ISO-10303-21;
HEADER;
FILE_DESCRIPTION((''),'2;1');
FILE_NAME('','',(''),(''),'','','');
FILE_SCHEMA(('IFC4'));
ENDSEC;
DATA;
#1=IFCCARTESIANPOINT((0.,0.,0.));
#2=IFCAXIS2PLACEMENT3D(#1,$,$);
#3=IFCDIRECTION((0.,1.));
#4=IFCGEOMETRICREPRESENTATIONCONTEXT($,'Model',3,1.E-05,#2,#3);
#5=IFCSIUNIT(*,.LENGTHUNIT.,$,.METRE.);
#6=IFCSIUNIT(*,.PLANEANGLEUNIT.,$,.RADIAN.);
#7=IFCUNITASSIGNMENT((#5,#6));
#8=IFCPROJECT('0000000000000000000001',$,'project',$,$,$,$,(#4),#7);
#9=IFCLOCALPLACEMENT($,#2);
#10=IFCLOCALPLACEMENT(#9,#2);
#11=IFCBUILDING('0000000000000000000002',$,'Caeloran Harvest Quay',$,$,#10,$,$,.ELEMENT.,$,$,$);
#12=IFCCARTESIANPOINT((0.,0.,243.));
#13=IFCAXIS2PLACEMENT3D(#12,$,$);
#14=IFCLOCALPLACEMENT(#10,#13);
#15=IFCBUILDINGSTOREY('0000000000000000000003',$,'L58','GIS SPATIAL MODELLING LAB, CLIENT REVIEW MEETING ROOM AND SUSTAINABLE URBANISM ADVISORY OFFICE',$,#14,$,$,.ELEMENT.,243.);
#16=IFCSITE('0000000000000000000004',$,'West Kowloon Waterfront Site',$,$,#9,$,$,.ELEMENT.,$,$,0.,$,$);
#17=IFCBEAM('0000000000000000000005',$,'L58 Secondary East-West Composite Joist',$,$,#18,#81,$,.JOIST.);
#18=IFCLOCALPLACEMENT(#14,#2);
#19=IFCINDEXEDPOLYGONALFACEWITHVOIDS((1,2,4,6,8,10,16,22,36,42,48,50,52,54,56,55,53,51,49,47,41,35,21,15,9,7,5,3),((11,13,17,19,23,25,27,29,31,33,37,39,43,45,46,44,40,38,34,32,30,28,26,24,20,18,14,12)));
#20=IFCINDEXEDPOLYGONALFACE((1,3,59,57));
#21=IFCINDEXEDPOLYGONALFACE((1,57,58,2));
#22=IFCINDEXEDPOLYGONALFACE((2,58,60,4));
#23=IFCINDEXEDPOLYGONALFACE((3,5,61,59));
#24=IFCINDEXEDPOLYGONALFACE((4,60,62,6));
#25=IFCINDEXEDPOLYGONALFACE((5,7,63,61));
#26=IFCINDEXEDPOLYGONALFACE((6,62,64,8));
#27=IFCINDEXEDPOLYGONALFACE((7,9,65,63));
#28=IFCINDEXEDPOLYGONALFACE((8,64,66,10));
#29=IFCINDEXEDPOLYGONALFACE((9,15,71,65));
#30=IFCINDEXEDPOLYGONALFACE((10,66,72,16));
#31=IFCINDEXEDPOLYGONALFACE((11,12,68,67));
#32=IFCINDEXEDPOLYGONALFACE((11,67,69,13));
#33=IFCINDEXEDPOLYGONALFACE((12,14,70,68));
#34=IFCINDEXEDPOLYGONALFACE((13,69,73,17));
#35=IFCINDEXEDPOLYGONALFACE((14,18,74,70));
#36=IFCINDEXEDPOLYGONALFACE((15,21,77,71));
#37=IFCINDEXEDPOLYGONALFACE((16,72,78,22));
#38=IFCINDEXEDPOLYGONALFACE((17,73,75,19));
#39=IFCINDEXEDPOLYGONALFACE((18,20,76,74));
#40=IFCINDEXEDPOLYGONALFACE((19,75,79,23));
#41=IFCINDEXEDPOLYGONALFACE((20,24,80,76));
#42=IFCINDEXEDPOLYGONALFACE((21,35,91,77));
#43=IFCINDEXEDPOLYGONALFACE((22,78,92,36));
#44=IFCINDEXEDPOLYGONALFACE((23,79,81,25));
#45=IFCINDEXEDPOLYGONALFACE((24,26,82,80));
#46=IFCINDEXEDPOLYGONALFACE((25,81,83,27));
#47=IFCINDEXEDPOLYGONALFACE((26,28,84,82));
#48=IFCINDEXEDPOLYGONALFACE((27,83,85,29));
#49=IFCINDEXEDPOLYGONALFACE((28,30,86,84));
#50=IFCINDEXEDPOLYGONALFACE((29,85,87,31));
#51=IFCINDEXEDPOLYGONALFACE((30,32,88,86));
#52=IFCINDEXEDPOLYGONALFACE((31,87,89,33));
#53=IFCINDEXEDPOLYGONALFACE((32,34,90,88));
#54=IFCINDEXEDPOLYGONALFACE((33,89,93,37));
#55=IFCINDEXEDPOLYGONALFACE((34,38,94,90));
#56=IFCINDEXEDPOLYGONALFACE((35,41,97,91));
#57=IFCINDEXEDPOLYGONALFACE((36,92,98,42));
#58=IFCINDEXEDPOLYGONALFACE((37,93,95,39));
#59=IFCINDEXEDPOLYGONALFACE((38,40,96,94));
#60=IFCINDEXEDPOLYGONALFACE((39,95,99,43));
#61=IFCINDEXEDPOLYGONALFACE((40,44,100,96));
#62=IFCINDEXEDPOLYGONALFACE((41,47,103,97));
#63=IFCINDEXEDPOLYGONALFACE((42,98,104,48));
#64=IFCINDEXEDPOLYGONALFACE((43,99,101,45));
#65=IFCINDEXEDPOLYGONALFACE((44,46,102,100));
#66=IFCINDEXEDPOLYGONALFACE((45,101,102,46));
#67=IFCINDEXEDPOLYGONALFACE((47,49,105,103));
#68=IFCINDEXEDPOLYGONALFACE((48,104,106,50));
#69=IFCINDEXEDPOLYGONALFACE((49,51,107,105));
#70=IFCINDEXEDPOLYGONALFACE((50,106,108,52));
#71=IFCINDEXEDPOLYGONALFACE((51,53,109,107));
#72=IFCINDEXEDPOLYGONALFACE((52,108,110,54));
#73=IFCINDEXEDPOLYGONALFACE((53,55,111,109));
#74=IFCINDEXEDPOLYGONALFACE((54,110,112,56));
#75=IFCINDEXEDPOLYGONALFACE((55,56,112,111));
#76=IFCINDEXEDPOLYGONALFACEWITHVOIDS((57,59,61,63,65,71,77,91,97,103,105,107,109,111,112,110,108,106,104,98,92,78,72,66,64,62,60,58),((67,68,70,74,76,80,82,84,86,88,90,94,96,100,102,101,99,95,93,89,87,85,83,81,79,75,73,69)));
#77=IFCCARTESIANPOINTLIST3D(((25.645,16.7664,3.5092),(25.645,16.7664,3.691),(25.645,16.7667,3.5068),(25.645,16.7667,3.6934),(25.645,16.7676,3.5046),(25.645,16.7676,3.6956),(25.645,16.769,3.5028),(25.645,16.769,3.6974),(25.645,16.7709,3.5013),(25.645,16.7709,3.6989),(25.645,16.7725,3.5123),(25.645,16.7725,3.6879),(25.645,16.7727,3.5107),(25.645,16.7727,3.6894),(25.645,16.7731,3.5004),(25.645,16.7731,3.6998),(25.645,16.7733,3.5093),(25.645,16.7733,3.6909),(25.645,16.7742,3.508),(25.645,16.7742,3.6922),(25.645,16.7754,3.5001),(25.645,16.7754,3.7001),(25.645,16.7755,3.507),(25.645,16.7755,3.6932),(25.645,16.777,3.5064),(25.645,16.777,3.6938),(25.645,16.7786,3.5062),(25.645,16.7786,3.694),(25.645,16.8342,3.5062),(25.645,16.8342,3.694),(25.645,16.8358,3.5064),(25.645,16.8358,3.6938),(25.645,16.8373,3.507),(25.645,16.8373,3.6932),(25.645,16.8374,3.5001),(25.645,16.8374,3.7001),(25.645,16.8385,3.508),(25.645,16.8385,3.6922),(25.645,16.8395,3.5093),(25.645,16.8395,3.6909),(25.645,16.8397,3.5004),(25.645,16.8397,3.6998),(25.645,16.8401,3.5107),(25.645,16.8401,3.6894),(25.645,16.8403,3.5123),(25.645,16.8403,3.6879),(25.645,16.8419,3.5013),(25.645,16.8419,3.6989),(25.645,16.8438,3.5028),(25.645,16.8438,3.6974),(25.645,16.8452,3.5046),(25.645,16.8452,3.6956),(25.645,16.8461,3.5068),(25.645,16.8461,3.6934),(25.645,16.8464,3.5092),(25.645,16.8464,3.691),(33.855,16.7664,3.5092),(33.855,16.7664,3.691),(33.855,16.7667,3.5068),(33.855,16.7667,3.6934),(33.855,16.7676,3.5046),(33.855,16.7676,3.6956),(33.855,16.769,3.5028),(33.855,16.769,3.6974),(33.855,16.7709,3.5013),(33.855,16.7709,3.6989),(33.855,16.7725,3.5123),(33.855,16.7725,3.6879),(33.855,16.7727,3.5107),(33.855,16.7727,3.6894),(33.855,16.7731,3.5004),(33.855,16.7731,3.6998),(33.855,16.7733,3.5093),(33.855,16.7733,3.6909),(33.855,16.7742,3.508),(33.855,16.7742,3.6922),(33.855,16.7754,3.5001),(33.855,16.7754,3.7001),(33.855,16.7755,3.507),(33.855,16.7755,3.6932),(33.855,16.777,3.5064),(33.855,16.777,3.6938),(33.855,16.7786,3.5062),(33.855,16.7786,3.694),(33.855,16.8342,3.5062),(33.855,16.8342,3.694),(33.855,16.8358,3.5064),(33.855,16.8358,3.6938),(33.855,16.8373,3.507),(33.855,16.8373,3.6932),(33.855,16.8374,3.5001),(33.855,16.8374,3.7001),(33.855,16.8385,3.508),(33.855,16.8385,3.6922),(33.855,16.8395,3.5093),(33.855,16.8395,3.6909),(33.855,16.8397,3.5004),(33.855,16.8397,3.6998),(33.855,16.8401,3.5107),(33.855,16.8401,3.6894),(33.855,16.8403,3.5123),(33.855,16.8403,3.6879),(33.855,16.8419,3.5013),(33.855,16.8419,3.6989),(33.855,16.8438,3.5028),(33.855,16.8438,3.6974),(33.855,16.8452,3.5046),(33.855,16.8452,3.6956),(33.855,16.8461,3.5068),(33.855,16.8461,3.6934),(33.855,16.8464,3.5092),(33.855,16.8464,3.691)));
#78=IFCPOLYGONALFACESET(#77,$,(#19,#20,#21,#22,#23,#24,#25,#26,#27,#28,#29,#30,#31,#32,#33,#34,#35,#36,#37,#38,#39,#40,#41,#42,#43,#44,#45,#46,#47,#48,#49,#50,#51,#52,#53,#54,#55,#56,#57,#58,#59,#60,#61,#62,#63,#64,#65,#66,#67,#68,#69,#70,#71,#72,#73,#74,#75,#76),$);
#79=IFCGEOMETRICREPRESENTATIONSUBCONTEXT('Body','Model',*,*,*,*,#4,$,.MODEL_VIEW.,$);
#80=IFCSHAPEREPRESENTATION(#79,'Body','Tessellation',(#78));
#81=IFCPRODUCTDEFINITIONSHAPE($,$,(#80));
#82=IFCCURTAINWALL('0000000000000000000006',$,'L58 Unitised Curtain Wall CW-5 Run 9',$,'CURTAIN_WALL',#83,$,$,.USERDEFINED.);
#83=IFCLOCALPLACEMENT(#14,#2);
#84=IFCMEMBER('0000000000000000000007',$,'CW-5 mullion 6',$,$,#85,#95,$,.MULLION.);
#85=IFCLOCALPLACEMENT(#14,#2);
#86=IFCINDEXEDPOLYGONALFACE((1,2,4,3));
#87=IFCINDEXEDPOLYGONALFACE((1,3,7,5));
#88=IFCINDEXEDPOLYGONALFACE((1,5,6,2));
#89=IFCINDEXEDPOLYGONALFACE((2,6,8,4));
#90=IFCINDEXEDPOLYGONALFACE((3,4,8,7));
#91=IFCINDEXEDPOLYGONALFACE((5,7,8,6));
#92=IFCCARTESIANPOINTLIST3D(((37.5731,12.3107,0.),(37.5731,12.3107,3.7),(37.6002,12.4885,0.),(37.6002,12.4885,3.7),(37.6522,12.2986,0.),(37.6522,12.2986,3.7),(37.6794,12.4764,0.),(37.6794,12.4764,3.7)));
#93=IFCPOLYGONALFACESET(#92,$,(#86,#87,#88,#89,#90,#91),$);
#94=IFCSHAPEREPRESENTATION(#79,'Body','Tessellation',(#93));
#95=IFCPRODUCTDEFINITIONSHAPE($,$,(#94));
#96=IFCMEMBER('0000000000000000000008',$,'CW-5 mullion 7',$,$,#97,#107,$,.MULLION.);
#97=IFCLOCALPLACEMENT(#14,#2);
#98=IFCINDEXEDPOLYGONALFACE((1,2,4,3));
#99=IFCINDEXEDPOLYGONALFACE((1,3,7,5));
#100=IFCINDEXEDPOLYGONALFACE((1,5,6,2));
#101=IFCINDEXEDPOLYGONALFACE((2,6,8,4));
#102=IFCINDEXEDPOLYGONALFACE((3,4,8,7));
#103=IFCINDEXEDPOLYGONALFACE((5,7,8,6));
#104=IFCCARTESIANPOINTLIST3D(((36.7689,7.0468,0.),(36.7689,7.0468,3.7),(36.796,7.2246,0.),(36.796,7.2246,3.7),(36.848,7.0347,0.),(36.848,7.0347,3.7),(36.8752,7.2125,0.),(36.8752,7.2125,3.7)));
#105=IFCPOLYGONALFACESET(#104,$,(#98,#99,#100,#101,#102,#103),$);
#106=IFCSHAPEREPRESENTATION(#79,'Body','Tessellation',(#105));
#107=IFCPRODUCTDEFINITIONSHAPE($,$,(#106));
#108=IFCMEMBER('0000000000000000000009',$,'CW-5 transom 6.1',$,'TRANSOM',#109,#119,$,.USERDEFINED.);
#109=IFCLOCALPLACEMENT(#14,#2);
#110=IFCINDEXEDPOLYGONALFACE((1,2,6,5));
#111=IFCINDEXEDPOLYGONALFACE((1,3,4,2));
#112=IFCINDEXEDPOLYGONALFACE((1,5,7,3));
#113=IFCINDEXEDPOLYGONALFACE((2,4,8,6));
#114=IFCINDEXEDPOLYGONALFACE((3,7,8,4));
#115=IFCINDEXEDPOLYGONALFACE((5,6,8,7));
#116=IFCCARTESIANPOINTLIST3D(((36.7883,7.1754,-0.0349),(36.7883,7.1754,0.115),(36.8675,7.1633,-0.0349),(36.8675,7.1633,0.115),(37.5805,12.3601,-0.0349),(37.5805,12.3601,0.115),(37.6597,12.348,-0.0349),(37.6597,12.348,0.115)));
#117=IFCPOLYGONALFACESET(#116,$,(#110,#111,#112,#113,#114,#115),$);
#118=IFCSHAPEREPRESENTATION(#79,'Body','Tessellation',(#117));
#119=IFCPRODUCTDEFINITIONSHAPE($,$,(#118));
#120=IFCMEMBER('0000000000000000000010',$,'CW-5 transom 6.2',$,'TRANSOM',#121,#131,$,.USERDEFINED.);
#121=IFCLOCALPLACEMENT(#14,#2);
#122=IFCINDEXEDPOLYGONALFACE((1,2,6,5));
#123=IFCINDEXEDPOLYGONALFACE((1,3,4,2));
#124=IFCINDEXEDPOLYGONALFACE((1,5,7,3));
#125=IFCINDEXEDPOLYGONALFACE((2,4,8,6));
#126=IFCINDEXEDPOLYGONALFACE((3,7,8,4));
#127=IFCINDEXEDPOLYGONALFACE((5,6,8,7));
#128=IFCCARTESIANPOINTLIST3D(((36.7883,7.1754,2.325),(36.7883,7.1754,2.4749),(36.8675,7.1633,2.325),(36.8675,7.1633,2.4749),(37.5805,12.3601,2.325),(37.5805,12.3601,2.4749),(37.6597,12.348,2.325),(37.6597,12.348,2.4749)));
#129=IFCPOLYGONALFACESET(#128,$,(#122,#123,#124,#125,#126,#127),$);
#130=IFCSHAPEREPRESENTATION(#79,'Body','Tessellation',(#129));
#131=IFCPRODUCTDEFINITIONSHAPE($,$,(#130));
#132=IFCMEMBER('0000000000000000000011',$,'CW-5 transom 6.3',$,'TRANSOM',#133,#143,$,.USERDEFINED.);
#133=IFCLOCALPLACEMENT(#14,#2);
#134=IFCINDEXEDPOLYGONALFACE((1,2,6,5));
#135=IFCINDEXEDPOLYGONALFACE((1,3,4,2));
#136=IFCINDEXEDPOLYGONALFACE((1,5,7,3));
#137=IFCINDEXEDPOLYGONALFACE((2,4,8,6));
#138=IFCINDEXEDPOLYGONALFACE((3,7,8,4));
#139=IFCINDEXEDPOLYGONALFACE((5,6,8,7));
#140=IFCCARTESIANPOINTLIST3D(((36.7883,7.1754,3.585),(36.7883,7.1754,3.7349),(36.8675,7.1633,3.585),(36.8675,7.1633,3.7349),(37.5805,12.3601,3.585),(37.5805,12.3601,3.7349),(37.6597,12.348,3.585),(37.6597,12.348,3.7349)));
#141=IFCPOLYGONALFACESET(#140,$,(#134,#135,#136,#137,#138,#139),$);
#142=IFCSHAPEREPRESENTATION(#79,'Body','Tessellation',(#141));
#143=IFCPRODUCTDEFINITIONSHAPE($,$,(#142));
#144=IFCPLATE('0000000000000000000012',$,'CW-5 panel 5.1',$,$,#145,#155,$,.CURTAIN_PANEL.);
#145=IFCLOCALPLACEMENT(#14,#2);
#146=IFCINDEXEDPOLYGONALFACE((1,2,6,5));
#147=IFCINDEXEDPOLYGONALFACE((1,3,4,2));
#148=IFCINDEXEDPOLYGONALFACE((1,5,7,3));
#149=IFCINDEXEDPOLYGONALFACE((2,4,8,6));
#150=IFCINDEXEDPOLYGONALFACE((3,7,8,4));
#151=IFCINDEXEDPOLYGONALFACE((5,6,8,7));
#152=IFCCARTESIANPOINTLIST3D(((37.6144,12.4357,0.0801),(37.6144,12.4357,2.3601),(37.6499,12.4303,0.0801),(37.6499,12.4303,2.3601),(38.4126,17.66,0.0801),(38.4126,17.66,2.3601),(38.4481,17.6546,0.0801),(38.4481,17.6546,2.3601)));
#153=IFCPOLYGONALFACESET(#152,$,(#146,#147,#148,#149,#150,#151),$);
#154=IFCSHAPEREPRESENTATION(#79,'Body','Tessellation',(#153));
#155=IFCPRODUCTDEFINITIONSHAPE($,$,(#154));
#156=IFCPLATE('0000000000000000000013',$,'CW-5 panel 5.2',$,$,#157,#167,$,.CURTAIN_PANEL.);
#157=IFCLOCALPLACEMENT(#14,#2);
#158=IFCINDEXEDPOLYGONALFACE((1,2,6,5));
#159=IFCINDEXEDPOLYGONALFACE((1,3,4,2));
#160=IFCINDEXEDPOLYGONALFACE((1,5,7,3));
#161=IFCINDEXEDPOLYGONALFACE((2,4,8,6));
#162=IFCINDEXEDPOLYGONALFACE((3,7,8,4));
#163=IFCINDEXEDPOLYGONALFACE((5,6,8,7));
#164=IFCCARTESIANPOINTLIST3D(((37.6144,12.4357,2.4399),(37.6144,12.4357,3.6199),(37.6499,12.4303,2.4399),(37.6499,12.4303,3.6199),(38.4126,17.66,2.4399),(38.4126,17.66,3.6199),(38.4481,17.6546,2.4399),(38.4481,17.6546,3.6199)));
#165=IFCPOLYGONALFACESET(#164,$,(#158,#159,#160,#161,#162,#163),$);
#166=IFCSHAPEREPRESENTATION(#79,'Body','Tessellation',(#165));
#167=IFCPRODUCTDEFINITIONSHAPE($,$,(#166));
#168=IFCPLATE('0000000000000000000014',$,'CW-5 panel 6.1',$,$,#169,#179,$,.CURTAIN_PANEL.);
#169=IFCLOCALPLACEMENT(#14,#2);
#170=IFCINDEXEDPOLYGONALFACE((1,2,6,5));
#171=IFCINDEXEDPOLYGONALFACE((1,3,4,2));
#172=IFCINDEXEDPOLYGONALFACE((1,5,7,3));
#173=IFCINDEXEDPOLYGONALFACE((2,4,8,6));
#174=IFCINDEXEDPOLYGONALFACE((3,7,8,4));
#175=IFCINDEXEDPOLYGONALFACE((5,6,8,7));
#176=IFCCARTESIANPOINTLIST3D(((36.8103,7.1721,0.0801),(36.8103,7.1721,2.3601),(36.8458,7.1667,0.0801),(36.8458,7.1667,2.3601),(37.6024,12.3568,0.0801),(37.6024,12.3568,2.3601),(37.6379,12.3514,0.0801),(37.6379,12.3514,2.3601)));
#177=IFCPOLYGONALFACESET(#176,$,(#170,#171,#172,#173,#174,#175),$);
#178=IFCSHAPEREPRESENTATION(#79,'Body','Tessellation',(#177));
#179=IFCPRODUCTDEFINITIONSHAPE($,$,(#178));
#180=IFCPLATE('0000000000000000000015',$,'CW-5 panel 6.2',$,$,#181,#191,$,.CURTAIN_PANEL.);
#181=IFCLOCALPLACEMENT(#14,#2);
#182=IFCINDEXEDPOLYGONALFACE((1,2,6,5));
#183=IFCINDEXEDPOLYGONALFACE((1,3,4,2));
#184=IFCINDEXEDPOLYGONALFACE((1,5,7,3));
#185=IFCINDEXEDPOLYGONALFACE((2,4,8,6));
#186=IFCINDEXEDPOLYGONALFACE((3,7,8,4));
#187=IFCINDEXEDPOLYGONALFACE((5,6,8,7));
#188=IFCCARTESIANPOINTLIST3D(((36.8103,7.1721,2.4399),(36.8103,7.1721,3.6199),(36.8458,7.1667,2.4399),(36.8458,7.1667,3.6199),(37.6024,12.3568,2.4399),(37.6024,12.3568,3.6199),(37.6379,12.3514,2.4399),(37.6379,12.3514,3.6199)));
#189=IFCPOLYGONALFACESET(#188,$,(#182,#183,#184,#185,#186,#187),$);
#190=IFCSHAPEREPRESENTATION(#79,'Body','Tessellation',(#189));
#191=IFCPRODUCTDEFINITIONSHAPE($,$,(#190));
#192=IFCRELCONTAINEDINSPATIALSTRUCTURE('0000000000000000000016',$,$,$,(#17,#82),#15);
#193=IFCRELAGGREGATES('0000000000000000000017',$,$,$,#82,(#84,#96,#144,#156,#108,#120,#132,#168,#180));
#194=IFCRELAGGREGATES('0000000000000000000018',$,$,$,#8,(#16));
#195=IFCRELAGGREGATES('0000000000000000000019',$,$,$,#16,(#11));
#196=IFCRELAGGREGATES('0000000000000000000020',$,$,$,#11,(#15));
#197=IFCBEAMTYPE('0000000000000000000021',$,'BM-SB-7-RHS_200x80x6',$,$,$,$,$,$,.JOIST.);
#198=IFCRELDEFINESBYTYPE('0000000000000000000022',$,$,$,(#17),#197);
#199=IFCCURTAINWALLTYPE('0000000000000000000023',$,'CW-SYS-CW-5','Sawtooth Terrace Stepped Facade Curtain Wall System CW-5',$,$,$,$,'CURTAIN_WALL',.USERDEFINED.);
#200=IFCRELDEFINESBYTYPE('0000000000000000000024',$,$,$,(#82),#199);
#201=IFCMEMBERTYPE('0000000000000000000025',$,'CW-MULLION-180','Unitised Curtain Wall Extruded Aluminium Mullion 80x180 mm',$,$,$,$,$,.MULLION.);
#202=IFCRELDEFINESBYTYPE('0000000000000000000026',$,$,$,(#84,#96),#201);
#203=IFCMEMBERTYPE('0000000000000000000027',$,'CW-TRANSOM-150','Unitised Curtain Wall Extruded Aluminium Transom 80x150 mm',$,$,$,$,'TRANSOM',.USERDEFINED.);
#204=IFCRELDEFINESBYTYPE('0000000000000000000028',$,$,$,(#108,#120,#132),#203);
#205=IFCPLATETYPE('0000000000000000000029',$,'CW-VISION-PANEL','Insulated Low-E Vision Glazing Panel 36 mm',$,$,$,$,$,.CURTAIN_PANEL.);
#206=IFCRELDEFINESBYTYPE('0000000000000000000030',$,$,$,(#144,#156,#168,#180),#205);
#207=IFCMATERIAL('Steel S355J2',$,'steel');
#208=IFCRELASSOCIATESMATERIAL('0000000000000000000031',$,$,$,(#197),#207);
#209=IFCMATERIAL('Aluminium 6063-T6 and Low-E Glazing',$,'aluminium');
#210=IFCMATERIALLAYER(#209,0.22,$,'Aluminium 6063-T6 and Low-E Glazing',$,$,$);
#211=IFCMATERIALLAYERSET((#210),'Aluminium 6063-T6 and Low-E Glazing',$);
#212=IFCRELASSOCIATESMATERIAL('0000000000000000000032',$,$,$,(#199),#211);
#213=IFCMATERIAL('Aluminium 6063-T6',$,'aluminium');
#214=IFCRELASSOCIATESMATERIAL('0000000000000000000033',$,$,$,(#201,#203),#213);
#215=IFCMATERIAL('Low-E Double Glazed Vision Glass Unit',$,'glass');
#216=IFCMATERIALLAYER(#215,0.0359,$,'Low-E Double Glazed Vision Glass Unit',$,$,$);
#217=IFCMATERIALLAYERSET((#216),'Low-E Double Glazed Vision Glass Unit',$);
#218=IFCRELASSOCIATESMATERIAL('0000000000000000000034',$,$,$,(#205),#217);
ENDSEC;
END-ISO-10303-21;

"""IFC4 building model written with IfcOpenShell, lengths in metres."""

from ifc_helpers import new_model, si_unit, direction, frame, origin, origin_2d, place, context, subcontext, project, spatial, rectangle, hollow_rectangle, extrude, material, layer, layer_set, material_profile, profile_set, type_object, element, aggregate, save


model = new_model("IFC4")

# Units and contexts
model_context = context("Model", 3, precision=1e-05, world=origin(), true_north=direction((0.0, 1.0)))
body_context = subcontext(model_context, "Body", "Model", "MODEL_VIEW")
ifc_project = project(units=[si_unit("LENGTHUNIT", "METRE"), si_unit("PLANEANGLEUNIT", "RADIAN")], contexts=[model_context])

# Site, building, storey
site_placement = place(None, origin())
site = spatial("IfcSite", under=ifc_project, at=site_placement, Name="West Kowloon Waterfront Site", CompositionType="ELEMENT", RefElevation=0.0)
building_placement = place(site_placement, origin())
building = spatial("IfcBuilding", under=site, at=building_placement, Name="Caeloran Harvest Quay", CompositionType="ELEMENT")
storey_placement = place(building_placement, frame((0.0, 0.0, 243.0)))
storey = spatial("IfcBuildingStorey", under=building, at=storey_placement, Name="L58", Description="GIS SPATIAL MODELLING LAB, CLIENT REVIEW MEETING ROOM AND SUSTAINABLE URBANISM ADVISORY OFFICE", CompositionType="ELEMENT", Elevation=243.0)

# Beam
ifc_material_1 = material(Name="Steel S355J2", Category="steel")
ifc_material_profile_1 = material_profile(ifc_material_1, hollow_rectangle(XDim=0.0801, YDim=0.2, WallThickness=0.0061, InnerFilletRadius=0.0061, OuterFilletRadius=0.009, at=origin_2d()), Name="RHS 200x80x6")
ifc_profile_set_1 = profile_set([ifc_material_profile_1], Name="Steel S355J2")
beam_type_1 = type_object("IfcBeamType", Name="BM-SB-7-RHS_200x80x6", PredefinedType="JOIST", material=ifc_profile_set_1)
beam_1_placement = place(storey_placement, frame((25.645, 16.8064, 3.6001), z_axis=(1.0, 0.0, 0.0), x_axis=(0.0, 1.0, 0.0)))
element("IfcBeam", 1, at=beam_1_placement, inside=storey, type_object=beam_type_1, Name="L58 Secondary East-West Composite Joist", PredefinedType="JOIST", context=body_context, shape_type="SweptSolid", body=[
    extrude(hollow_rectangle(XDim=0.0801, YDim=0.2, WallThickness=0.0061, InnerFilletRadius=0.0061, OuterFilletRadius=0.009, at=origin_2d()), origin(), (0.0, 0.0, 1.0), 8.21),
])

# Curtain wall, members, plates
ifc_material_2 = material(Name="Aluminium 6063-T6 and Low-E Glazing", Category="aluminium")
ifc_layer_1 = layer(ifc_material_2, 0.22, Name="Aluminium 6063-T6 and Low-E Glazing")
ifc_layer_set_1 = layer_set([ifc_layer_1], Name="Aluminium 6063-T6 and Low-E Glazing")
curtain_wall_type = type_object("IfcCurtainWallType", Name="CW-SYS-CW-5", Description="Sawtooth Terrace Stepped Facade Curtain Wall System CW-5", ElementType="CURTAIN_WALL", PredefinedType="USERDEFINED", material=ifc_layer_set_1)
curtain_wall_placement = place(storey_placement, origin())
curtain_wall = element("IfcCurtainWall", 2, at=curtain_wall_placement, inside=storey, type_object=curtain_wall_type, Name="L58 Unitised Curtain Wall CW-5 Run 9", ObjectType="CURTAIN_WALL", PredefinedType="USERDEFINED")
ifc_material_3 = material(Name="Aluminium 6063-T6", Category="aluminium")
ifc_material_profile_2 = material_profile(ifc_material_3, rectangle(XDim=0.0801, YDim=0.1799, at=origin_2d()), Name="CW-MULLION-180")
ifc_profile_set_2 = profile_set([ifc_material_profile_2], Name="Aluminium 6063-T6")
member_type_1 = type_object("IfcMemberType", Name="CW-MULLION-180", Description="Unitised Curtain Wall Extruded Aluminium Mullion 80x180 mm", PredefinedType="MULLION", material=ifc_profile_set_2)
member_1_placement = place(storey_placement, frame((37.6262, 12.3936, 0.0), z_axis=(0.0, 0.0, 1.0), x_axis=(0.98853, -0.151028, 0.0)))
member_1 = element("IfcMember", 3, at=member_1_placement, type_object=member_type_1, Name="CW-5 mullion 6", PredefinedType="MULLION", context=body_context, shape_type="SweptSolid", body=[
    extrude(rectangle(XDim=0.0801, YDim=0.1799, at=origin_2d()), origin(), (0.0, 0.0, 1.0), 3.7),
])
member_2_placement = place(storey_placement, frame((36.822, 7.1296, 0.0), z_axis=(0.0, 0.0, 1.0), x_axis=(0.98853, -0.151028, 0.0)))
member_2 = element("IfcMember", 4, at=member_2_placement, type_object=member_type_1, Name="CW-5 mullion 7", PredefinedType="MULLION", context=body_context, shape_type="SweptSolid", body=[
    extrude(rectangle(XDim=0.0801, YDim=0.1799, at=origin_2d()), origin(), (0.0, 0.0, 1.0), 3.7),
])
ifc_material_profile_3 = material_profile(ifc_material_3, rectangle(XDim=0.0801, YDim=0.1499, at=origin_2d()), Name="CW-TRANSOM-150")
ifc_profile_set_3 = profile_set([ifc_material_profile_3], Name="Aluminium 6063-T6")
member_type_2 = type_object("IfcMemberType", Name="CW-TRANSOM-150", Description="Unitised Curtain Wall Extruded Aluminium Transom 80x150 mm", ElementType="TRANSOM", PredefinedType="USERDEFINED", material=ifc_profile_set_3)
member_3_placement = place(storey_placement, frame((37.6201, 12.354, 0.04), z_axis=(-0.151046, -0.988527, 0.0), x_axis=(0.988527, -0.151046, 0.0)))
member_3 = element("IfcMember", 5, at=member_3_placement, type_object=member_type_2, Name="CW-5 transom 6.1", ObjectType="TRANSOM", PredefinedType="USERDEFINED", context=body_context, shape_type="SweptSolid", body=[
    extrude(rectangle(XDim=0.0801, YDim=0.1499, at=origin_2d()), origin(), (0.0, 0.0, 1.0), 5.2449),
])
member_4_placement = place(storey_placement, frame((37.6201, 12.354, 2.3999), z_axis=(-0.151046, -0.988527, 0.0), x_axis=(0.988527, -0.151046, 0.0)))
member_4 = element("IfcMember", 6, at=member_4_placement, type_object=member_type_2, Name="CW-5 transom 6.2", ObjectType="TRANSOM", PredefinedType="USERDEFINED", context=body_context, shape_type="SweptSolid", body=[
    extrude(rectangle(XDim=0.0801, YDim=0.1499, at=origin_2d()), origin(), (0.0, 0.0, 1.0), 5.2449),
])
member_5_placement = place(storey_placement, frame((37.6201, 12.354, 3.6599), z_axis=(-0.151046, -0.988527, 0.0), x_axis=(0.988527, -0.151046, 0.0)))
member_5 = element("IfcMember", 7, at=member_5_placement, type_object=member_type_2, Name="CW-5 transom 6.3", ObjectType="TRANSOM", PredefinedType="USERDEFINED", context=body_context, shape_type="SweptSolid", body=[
    extrude(rectangle(XDim=0.0801, YDim=0.1499, at=origin_2d()), origin(), (0.0, 0.0, 1.0), 5.2449),
])
ifc_material_4 = material(Name="Low-E Double Glazed Vision Glass Unit", Category="glass")
ifc_layer_2 = layer(ifc_material_4, 0.0359, Name="Low-E Double Glazed Vision Glass Unit")
ifc_layer_set_2 = layer_set([ifc_layer_2], Name="Low-E Double Glazed Vision Glass Unit")
plate_type = type_object("IfcPlateType", Name="CW-VISION-PANEL", Description="Insulated Low-E Vision Glazing Panel 36 mm", PredefinedType="CURTAIN_PANEL", material=ifc_layer_set_2)
plate_1_placement = place(storey_placement, frame((38.0312, 15.0452, 0.0801), z_axis=(0.0, 0.0, 1.0), x_axis=(-0.151028, -0.98853, 0.0)))
plate_1 = element("IfcPlate", 8, at=plate_1_placement, type_object=plate_type, Name="CW-5 panel 5.1", PredefinedType="CURTAIN_PANEL", context=body_context, shape_type="SweptSolid", body=[
    extrude(rectangle(XDim=5.2849, YDim=0.0359, at=origin_2d()), origin(), (0.0, 0.0, 1.0), 2.28),
])
plate_2_placement = place(storey_placement, frame((38.0312, 15.0452, 2.4399), z_axis=(0.0, 0.0, 1.0), x_axis=(-0.151028, -0.98853, 0.0)))
plate_2 = element("IfcPlate", 9, at=plate_2_placement, type_object=plate_type, Name="CW-5 panel 5.2", PredefinedType="CURTAIN_PANEL", context=body_context, shape_type="SweptSolid", body=[
    extrude(rectangle(XDim=5.2849, YDim=0.0359, at=origin_2d()), origin(), (0.0, 0.0, 1.0), 1.1799),
])
plate_3_placement = place(storey_placement, frame((37.2241, 9.7617, 0.0801), z_axis=(0.0, 0.0, 1.0), x_axis=(-0.151028, -0.98853, 0.0)))
plate_3 = element("IfcPlate", 10, at=plate_3_placement, type_object=plate_type, Name="CW-5 panel 6.1", PredefinedType="CURTAIN_PANEL", context=body_context, shape_type="SweptSolid", body=[
    extrude(rectangle(XDim=5.2449, YDim=0.0359, at=origin_2d()), origin(), (0.0, 0.0, 1.0), 2.28),
])
plate_4_placement = place(storey_placement, frame((37.2241, 9.7617, 2.4399), z_axis=(0.0, 0.0, 1.0), x_axis=(-0.151028, -0.98853, 0.0)))
plate_4 = element("IfcPlate", 11, at=plate_4_placement, type_object=plate_type, Name="CW-5 panel 6.2", PredefinedType="CURTAIN_PANEL", context=body_context, shape_type="SweptSolid", body=[
    extrude(rectangle(XDim=5.2449, YDim=0.0359, at=origin_2d()), origin(), (0.0, 0.0, 1.0), 1.1799),
])
aggregate(curtain_wall, [member_1, member_2, plate_1, plate_2, member_3, member_4, member_5, plate_3, plate_4])

save(model, "model.ifc")
